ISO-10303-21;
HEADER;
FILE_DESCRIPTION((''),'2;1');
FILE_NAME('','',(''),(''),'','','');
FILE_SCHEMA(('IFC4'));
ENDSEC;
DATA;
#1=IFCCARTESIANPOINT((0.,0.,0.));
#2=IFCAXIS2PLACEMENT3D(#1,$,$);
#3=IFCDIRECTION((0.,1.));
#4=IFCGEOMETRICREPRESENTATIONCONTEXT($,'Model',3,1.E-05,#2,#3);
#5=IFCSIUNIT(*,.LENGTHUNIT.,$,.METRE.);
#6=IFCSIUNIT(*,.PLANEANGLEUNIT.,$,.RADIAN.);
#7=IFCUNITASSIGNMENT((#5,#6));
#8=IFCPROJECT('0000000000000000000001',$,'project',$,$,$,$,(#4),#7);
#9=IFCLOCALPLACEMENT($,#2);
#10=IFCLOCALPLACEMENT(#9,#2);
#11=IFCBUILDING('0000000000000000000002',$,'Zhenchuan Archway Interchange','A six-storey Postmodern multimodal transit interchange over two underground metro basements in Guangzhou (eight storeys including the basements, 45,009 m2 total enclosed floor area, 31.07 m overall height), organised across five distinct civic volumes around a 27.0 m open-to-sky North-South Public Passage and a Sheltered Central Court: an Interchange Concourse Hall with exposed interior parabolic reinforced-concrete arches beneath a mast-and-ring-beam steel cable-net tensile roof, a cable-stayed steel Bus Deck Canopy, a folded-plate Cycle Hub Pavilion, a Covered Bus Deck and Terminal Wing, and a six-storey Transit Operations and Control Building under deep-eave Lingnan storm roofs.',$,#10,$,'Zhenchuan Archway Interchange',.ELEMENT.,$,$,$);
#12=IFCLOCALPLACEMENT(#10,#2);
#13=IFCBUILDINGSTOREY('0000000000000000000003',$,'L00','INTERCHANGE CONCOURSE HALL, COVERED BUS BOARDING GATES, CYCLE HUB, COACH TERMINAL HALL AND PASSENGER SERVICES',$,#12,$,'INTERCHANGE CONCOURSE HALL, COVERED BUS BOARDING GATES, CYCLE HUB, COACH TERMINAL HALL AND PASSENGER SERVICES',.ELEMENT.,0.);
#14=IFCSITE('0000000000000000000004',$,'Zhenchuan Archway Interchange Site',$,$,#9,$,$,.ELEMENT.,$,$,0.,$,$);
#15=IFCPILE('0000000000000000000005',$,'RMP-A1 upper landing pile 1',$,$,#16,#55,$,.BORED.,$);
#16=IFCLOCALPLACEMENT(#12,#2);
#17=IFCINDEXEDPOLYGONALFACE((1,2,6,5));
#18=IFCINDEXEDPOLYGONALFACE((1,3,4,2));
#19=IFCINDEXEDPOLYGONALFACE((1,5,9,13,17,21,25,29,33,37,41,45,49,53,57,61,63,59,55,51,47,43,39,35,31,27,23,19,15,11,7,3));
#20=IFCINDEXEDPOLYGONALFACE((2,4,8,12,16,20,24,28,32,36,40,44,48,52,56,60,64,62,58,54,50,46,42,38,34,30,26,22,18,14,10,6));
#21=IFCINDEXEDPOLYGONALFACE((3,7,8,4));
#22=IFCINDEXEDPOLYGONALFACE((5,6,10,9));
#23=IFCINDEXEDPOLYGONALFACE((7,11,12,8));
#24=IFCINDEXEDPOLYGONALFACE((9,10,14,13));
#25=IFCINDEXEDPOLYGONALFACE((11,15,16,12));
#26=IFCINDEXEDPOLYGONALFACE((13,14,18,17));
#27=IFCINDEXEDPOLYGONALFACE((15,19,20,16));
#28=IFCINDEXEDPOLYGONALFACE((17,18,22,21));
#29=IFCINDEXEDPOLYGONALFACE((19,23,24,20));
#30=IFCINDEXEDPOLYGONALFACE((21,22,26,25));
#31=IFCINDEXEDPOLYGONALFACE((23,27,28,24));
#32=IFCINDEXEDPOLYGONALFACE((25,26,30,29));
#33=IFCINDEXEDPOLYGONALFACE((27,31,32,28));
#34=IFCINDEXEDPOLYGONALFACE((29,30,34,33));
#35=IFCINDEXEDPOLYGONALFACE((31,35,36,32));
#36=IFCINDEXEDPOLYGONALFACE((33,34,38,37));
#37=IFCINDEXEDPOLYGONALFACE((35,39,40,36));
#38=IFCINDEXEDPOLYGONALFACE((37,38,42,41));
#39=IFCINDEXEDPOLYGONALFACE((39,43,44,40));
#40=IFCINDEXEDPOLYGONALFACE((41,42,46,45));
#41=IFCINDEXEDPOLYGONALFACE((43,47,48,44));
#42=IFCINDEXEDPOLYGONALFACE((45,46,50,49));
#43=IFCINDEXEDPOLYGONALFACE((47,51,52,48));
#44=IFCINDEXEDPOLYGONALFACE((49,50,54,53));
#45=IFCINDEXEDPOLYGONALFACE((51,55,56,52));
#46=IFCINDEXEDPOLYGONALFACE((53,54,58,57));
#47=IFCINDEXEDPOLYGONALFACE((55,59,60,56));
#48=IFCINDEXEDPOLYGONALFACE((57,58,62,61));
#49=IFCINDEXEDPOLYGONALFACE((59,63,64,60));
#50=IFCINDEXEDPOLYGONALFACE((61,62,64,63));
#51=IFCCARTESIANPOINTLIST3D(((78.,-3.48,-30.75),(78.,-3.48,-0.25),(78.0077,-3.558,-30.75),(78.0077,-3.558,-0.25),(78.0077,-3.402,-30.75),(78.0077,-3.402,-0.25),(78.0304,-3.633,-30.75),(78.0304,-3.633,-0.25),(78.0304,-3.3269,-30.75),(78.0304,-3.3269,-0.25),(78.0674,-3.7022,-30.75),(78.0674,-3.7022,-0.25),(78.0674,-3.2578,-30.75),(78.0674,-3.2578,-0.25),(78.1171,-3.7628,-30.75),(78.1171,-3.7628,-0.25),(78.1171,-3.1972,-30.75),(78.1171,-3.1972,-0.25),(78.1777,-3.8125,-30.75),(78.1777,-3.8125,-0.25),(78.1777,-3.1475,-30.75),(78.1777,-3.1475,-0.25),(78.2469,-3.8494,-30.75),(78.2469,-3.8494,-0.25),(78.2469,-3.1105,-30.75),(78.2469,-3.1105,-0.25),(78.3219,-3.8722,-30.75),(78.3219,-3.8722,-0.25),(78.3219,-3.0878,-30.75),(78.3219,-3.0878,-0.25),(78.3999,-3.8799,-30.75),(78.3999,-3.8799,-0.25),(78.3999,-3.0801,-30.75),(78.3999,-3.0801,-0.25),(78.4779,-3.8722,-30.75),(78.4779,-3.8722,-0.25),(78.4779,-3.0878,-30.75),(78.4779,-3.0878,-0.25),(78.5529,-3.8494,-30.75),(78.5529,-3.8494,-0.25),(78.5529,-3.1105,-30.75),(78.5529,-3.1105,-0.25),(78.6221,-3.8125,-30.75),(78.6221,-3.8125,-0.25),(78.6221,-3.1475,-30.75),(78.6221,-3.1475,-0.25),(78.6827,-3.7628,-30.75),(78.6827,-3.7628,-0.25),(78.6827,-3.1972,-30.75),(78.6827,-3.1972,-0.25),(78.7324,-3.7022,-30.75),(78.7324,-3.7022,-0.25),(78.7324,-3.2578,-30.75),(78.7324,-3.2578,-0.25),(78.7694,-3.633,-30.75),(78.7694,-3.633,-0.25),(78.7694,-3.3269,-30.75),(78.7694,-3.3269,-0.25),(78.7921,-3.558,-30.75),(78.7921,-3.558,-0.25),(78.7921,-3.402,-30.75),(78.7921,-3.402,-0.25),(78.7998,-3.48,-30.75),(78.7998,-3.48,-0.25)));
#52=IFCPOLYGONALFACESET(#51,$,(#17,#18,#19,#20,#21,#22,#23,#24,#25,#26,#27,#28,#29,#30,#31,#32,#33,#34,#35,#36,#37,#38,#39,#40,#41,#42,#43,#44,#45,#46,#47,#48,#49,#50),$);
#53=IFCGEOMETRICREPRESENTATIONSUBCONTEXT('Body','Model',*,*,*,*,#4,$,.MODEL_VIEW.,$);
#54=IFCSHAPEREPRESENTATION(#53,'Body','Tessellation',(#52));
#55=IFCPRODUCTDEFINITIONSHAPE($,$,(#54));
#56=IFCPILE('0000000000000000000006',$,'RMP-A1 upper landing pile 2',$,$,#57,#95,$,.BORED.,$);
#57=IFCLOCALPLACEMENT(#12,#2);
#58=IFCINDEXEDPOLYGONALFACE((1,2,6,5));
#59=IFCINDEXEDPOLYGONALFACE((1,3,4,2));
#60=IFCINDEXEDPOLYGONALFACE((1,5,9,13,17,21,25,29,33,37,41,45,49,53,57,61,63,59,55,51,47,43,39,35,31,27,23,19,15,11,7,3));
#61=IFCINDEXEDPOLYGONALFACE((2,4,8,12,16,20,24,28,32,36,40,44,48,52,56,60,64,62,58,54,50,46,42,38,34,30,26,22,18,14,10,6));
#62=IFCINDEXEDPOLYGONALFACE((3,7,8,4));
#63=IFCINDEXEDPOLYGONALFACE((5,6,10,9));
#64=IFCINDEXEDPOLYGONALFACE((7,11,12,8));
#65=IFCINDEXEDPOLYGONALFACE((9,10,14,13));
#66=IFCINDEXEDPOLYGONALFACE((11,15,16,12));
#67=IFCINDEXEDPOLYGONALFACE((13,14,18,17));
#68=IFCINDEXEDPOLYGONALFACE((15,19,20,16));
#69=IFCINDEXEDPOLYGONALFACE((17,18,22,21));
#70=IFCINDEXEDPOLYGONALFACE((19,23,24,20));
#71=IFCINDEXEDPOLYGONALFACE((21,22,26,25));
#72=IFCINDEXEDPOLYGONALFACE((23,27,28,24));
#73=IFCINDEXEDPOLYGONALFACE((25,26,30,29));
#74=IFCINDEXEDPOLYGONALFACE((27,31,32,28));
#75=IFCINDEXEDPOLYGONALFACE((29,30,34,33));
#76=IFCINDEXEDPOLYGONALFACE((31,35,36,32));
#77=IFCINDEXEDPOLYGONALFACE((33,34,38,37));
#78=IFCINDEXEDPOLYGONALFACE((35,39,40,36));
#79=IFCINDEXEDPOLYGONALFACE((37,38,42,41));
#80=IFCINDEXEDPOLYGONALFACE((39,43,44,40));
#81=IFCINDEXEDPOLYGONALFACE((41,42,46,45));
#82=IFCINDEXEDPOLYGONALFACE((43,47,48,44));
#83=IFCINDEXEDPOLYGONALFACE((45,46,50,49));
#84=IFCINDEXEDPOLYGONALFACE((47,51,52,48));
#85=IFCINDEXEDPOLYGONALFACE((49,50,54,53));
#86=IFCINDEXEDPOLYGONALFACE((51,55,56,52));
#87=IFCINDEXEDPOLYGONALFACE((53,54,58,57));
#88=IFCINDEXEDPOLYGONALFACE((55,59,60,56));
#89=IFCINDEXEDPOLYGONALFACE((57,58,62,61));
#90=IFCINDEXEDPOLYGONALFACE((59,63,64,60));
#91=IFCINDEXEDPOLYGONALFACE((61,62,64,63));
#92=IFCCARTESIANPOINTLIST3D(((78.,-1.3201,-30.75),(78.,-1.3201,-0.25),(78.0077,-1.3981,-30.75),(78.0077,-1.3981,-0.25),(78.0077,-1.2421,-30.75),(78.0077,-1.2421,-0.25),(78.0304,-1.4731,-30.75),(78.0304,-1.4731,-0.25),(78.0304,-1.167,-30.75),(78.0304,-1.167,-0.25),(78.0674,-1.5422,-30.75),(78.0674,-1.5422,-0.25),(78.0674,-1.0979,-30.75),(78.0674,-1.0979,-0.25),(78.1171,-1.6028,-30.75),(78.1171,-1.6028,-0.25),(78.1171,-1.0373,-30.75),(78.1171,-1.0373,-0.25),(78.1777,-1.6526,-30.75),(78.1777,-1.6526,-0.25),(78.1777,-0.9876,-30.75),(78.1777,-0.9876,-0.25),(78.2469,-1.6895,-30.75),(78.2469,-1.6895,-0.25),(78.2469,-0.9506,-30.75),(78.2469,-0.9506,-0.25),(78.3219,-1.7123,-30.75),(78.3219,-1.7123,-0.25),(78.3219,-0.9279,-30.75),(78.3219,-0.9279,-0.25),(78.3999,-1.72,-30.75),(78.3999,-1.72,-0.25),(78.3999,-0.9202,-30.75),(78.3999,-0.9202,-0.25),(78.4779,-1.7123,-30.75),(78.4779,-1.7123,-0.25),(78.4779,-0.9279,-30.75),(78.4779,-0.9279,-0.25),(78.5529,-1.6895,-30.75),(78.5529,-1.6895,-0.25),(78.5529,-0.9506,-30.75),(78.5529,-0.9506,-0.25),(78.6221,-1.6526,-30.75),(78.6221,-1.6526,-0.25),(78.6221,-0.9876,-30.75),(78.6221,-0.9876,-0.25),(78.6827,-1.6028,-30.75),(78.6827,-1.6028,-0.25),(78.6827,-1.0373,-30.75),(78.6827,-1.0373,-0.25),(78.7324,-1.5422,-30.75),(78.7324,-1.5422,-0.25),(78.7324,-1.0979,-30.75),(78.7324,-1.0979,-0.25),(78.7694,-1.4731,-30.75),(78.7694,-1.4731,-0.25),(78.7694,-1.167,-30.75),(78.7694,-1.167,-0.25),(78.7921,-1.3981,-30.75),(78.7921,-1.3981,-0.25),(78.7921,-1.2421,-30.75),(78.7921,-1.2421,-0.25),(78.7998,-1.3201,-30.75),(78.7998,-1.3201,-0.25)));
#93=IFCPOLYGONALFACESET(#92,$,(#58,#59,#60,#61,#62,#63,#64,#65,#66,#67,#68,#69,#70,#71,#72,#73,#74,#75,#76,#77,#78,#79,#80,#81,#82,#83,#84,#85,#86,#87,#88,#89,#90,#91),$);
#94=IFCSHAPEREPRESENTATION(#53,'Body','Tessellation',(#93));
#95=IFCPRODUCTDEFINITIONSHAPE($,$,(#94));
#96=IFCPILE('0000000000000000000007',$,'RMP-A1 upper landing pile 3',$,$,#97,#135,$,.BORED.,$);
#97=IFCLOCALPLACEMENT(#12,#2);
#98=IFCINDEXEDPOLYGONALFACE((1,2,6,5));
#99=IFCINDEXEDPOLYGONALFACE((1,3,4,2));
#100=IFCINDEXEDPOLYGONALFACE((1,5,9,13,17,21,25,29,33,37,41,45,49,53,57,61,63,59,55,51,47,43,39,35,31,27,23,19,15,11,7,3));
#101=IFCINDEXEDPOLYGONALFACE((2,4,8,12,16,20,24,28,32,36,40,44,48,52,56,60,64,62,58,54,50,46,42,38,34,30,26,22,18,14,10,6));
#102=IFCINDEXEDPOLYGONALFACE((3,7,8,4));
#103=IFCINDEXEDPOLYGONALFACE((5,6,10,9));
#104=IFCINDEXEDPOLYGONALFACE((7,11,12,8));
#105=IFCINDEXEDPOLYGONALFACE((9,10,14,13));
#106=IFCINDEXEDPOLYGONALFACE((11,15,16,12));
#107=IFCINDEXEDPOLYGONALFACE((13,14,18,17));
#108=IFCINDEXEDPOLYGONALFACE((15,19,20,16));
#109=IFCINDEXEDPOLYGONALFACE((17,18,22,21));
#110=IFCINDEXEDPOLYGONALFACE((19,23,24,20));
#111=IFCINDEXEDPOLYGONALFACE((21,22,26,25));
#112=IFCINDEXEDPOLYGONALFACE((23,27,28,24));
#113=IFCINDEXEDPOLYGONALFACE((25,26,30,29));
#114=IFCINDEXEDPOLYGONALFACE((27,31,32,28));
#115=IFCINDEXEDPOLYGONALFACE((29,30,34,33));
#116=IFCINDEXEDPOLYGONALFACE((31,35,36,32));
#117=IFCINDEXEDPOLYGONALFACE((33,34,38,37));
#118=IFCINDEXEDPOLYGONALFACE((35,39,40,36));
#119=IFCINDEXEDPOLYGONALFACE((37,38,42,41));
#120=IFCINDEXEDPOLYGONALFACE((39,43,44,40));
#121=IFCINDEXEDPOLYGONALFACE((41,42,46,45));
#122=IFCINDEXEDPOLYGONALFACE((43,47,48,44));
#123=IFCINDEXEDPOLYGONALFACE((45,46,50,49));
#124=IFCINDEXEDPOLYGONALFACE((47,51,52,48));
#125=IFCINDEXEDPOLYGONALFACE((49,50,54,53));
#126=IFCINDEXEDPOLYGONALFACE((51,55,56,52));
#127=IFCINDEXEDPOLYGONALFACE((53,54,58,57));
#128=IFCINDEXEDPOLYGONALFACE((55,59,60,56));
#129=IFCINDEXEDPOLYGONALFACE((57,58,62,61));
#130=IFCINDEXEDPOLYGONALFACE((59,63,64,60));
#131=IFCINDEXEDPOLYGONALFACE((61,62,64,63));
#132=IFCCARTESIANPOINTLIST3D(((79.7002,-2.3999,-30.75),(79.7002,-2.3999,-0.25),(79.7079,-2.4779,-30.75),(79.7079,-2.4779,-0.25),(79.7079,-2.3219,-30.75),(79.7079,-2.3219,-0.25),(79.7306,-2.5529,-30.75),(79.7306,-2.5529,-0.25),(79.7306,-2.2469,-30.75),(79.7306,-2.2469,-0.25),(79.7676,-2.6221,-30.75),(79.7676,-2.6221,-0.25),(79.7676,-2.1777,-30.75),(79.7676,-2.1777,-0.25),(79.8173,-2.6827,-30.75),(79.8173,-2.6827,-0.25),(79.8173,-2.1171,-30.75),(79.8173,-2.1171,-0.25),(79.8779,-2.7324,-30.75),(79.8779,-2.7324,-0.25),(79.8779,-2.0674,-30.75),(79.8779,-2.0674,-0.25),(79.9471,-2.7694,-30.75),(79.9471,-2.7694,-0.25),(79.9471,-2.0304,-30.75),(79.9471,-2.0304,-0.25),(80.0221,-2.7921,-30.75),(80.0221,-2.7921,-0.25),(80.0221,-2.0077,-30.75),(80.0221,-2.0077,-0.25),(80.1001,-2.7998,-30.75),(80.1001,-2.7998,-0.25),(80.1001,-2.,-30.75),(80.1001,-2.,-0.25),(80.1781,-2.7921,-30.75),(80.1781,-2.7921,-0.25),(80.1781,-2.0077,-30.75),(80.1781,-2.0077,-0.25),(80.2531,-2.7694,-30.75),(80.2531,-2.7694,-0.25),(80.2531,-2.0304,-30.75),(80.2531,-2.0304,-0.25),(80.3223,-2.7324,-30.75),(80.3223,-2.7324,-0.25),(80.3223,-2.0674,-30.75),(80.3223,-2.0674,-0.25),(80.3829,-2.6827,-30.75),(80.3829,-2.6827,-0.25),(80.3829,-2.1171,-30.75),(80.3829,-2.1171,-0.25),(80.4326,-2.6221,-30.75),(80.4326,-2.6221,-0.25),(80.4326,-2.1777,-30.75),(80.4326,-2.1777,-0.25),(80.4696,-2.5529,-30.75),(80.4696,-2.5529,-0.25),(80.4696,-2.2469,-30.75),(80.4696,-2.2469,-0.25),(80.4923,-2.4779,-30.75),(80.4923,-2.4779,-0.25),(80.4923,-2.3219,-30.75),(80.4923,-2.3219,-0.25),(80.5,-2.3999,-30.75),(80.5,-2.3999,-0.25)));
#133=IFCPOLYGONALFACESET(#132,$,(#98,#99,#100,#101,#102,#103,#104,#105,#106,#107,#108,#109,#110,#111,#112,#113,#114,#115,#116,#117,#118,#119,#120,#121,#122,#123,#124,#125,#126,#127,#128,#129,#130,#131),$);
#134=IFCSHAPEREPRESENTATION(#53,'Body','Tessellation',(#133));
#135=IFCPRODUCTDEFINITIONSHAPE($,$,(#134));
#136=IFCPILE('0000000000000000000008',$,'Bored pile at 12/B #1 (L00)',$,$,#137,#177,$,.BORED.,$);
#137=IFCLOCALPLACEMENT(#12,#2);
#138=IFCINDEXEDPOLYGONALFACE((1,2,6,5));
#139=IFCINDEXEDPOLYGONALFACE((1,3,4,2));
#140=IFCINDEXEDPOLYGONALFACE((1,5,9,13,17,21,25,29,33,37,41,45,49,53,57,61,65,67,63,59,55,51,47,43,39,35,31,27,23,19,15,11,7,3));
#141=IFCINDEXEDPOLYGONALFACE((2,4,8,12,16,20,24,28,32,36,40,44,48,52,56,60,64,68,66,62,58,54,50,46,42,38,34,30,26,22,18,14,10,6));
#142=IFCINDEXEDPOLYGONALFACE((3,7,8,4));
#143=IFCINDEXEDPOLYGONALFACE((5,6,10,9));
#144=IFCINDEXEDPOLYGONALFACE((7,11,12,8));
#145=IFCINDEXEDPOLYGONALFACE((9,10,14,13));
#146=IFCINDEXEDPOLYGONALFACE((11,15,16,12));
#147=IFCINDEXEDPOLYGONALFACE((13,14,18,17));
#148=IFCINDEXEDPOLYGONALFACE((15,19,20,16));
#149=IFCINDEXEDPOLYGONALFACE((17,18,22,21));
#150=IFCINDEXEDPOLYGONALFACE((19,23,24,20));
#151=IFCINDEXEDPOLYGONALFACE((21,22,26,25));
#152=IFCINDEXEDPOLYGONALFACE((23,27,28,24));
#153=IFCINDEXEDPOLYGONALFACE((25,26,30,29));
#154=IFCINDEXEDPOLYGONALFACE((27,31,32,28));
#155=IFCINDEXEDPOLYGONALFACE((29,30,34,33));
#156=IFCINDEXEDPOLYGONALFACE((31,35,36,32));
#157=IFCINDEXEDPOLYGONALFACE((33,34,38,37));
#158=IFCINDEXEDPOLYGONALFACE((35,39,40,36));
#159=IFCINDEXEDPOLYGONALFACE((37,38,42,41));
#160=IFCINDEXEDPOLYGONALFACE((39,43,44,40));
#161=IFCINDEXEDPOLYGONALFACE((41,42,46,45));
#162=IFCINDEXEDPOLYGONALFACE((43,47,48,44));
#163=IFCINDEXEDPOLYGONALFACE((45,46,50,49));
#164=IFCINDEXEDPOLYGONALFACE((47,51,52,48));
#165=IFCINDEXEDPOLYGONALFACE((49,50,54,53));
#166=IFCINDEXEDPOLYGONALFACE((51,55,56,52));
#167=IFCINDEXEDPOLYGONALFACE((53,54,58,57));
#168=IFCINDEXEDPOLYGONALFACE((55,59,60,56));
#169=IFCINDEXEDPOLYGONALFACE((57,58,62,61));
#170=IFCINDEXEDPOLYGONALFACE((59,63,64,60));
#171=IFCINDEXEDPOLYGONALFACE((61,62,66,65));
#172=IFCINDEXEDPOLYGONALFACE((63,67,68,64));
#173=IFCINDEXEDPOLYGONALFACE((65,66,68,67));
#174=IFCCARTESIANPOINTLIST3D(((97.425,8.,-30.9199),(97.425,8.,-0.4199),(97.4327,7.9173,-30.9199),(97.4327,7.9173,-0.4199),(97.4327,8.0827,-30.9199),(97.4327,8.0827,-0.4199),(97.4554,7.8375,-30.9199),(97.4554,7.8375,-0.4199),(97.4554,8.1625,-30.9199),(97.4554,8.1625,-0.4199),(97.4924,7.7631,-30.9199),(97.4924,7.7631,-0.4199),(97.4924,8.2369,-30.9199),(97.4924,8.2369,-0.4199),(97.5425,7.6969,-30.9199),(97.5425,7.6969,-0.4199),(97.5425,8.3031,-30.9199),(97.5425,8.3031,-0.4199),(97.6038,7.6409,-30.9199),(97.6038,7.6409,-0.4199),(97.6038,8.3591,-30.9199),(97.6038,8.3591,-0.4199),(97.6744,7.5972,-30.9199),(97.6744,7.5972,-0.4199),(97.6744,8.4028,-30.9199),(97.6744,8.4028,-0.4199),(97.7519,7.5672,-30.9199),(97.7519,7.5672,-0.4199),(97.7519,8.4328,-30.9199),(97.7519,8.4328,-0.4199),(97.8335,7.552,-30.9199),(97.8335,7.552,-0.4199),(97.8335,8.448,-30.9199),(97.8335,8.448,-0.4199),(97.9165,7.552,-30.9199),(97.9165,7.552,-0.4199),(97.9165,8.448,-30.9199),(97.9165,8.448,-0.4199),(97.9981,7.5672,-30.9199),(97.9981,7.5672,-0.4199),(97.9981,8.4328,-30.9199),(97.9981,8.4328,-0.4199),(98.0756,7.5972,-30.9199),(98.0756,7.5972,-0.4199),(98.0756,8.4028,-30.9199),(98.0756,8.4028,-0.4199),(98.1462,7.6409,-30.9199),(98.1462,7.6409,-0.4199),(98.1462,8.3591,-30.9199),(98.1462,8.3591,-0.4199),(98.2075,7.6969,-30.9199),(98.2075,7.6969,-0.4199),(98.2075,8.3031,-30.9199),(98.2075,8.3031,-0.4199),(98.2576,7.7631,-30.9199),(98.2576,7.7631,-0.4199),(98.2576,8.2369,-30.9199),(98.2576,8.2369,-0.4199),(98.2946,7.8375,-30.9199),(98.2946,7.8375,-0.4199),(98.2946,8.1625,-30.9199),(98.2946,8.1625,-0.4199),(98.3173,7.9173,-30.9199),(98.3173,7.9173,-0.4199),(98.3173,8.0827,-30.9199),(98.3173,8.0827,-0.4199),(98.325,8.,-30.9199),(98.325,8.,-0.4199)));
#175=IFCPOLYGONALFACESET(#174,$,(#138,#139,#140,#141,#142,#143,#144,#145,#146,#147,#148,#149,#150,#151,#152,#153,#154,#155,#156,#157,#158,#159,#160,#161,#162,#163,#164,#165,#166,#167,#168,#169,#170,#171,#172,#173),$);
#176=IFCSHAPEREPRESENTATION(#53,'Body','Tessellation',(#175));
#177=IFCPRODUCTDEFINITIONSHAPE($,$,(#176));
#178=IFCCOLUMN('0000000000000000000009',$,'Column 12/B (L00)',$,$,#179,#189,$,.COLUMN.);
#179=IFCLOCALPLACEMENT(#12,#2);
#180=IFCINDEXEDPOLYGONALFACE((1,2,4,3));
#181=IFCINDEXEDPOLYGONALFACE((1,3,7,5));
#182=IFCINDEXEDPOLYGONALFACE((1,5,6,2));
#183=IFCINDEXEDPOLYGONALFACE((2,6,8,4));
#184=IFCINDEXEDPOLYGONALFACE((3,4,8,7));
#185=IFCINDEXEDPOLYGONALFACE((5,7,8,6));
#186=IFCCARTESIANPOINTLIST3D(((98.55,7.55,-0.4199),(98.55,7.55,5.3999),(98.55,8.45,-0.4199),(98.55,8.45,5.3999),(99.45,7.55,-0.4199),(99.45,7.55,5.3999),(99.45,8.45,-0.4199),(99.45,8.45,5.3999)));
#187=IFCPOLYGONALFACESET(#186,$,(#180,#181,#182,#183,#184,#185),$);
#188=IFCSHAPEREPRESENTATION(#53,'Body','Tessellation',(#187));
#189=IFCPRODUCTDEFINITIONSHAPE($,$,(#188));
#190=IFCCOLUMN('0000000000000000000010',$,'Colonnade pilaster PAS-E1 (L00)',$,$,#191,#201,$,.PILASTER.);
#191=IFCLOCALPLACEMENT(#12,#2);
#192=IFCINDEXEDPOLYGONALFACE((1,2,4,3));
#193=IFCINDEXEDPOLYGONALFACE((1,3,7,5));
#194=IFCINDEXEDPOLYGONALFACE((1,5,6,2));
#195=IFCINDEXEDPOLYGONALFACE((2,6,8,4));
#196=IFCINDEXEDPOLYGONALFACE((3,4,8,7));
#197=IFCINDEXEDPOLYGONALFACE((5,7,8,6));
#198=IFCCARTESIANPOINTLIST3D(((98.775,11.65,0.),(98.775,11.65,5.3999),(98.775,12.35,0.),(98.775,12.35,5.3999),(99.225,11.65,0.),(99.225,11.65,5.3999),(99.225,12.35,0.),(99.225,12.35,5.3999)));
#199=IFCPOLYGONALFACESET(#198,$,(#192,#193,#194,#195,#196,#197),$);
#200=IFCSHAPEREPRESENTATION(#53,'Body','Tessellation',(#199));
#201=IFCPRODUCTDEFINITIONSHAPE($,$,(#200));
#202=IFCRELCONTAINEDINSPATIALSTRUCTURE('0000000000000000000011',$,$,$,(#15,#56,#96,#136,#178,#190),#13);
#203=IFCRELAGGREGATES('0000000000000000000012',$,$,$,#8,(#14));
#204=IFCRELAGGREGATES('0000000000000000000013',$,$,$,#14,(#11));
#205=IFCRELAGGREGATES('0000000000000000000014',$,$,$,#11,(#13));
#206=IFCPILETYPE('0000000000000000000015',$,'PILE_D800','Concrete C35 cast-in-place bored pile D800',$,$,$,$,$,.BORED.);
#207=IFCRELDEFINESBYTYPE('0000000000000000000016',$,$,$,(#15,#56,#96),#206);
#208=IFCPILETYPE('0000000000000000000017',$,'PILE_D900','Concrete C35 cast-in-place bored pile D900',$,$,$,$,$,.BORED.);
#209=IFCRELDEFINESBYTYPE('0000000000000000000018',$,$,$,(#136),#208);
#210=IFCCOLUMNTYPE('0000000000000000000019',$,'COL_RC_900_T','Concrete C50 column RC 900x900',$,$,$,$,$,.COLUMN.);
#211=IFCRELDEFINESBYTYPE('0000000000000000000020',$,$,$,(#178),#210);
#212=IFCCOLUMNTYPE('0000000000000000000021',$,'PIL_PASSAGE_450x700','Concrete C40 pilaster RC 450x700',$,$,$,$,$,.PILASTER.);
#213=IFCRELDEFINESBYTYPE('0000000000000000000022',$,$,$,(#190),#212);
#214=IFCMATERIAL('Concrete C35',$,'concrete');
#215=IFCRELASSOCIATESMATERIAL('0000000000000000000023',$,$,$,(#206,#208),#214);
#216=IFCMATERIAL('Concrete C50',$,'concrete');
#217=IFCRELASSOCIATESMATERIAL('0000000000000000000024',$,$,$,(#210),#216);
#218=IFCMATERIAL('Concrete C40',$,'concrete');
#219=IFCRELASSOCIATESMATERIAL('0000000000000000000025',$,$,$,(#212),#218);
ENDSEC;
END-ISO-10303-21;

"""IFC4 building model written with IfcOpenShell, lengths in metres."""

from ifc_helpers import new_model, si_unit, direction, frame, origin, origin_2d, place, context, subcontext, project, spatial, rectangle, circle, extrude, material, material_profile, profile_set, type_object, element, save


model = new_model("IFC4")

# Units and contexts
model_context = context("Model", 3, precision=1e-05, world=origin(), true_north=direction((0.0, 1.0)))
body_context = subcontext(model_context, "Body", "Model", "MODEL_VIEW")
ifc_project = project(units=[si_unit("LENGTHUNIT", "METRE"), si_unit("PLANEANGLEUNIT", "RADIAN")], contexts=[model_context])

# Site, building, storey
site_placement = place(None, origin())
site = spatial("IfcSite", under=ifc_project, at=site_placement, Name="Zhenchuan Archway Interchange Site", CompositionType="ELEMENT", RefElevation=0.0)
building_placement = place(site_placement, origin())
building = spatial("IfcBuilding", under=site, at=building_placement, Name="Zhenchuan Archway Interchange", Description="A six-storey Postmodern multimodal transit interchange over two underground metro basements in Guangzhou (eight storeys including the basements, 45,009 m2 total enclosed floor area, 31.07 m overall height), organised across five distinct civic volumes around a 27.0 m open-to-sky North-South Public Passage and a Sheltered Central Court: an Interchange Concourse Hall with exposed interior parabolic reinforced-concrete arches beneath a mast-and-ring-beam steel cable-net tensile roof, a cable-stayed steel Bus Deck Canopy, a folded-plate Cycle Hub Pavilion, a Covered Bus Deck and Terminal Wing, and a six-storey Transit Operations and Control Building under deep-eave Lingnan storm roofs.", LongName="Zhenchuan Archway Interchange", CompositionType="ELEMENT")
storey_placement = place(building_placement, origin())
storey = spatial("IfcBuildingStorey", under=building, at=storey_placement, Name="L00", Description="INTERCHANGE CONCOURSE HALL, COVERED BUS BOARDING GATES, CYCLE HUB, COACH TERMINAL HALL AND PASSENGER SERVICES", LongName="INTERCHANGE CONCOURSE HALL, COVERED BUS BOARDING GATES, CYCLE HUB, COACH TERMINAL HALL AND PASSENGER SERVICES", CompositionType="ELEMENT", Elevation=0.0)

# Shared definitions
ifc_material_1 = material(Name="Concrete C40", Category="concrete")

# Piles
ifc_material_2 = material(Name="Concrete C35", Category="concrete")
ifc_material_profile_1 = material_profile(ifc_material_2, circle(Radius=0.3999, at=origin_2d()), Name="BORED PILE 800")
ifc_profile_set_1 = profile_set([ifc_material_profile_1], Name="Concrete C35")
pile_type_1 = type_object("IfcPileType", Name="PILE_D800", Description="Concrete C35 cast-in-place bored pile D800", PredefinedType="BORED", material=ifc_profile_set_1)
for number, where, z_axis, x_axis, name in (
    (1, (78.3999, -3.48, -0.25), (0.0, 0.0, -1.0), (1.0, 0.0, 0.0), "RMP-A1 upper landing pile 1"),
    (2, (78.3999, -1.3201, -0.25), (0.0, 0.0, -1.0), (1.0, 0.0, 0.0), "RMP-A1 upper landing pile 2"),
    (3, (80.1001, -2.3999, -0.25), (0.0, 0.0, -1.0), (1.0, 0.0, 0.0), "RMP-A1 upper landing pile 3"),
):
    element("IfcPile", number, at=place(storey_placement, frame(where, z_axis=z_axis, x_axis=x_axis)), inside=storey, type_object=pile_type_1, Name=name, PredefinedType="BORED", context=body_context, shape_type="SweptSolid", body=[
        extrude(circle(Radius=0.3999, at=origin_2d()), origin(), (0.0, 0.0, 1.0), 30.5),
    ])
ifc_material_profile_2 = material_profile(ifc_material_2, circle(Radius=0.45, at=origin_2d()), Name="BORED PILE 900")
ifc_profile_set_2 = profile_set([ifc_material_profile_2], Name="Concrete C35")
pile_type_2 = type_object("IfcPileType", Name="PILE_D900", Description="Concrete C35 cast-in-place bored pile D900", PredefinedType="BORED", material=ifc_profile_set_2)
pile_placement = place(storey_placement, frame((97.875, 8.0, -0.4199), z_axis=(0.0, 0.0, -1.0), x_axis=(1.0, 0.0, 0.0)))
element("IfcPile", 4, at=pile_placement, inside=storey, type_object=pile_type_2, Name="Bored pile at 12/B #1 (L00)", PredefinedType="BORED", context=body_context, shape_type="SweptSolid", body=[
    extrude(circle(Radius=0.45, at=origin_2d()), origin(), (0.0, 0.0, 1.0), 30.5),
])

# Columns
ifc_material_3 = material(Name="Concrete C50", Category="concrete")
ifc_material_profile_3 = material_profile(ifc_material_3, rectangle(XDim=0.8999, YDim=0.8999, at=origin_2d()), Name="RC 900x900")
ifc_profile_set_3 = profile_set([ifc_material_profile_3], Name="Concrete C50")
column_type_1 = type_object("IfcColumnType", Name="COL_RC_900_T", Description="Concrete C50 column RC 900x900", PredefinedType="COLUMN", material=ifc_profile_set_3)
column_1_placement = place(storey_placement, frame((99.0, 8.0, -0.4199), z_axis=(0.0, 0.0, 1.0), x_axis=(1.0, 0.0, 0.0)))
element("IfcColumn", 5, at=column_1_placement, inside=storey, type_object=column_type_1, Name="Column 12/B (L00)", PredefinedType="COLUMN", context=body_context, shape_type="SweptSolid", body=[
    extrude(rectangle(XDim=0.8999, YDim=0.8999, at=origin_2d()), origin(), (0.0, 0.0, 1.0), 5.8198),
])
ifc_material_profile_4 = material_profile(ifc_material_1, rectangle(XDim=0.45, YDim=0.7, at=origin_2d()), Name="RC 450x700")
ifc_profile_set_4 = profile_set([ifc_material_profile_4], Name="Concrete C40")
column_type_2 = type_object("IfcColumnType", Name="PIL_PASSAGE_450x700", Description="Concrete C40 pilaster RC 450x700", PredefinedType="PILASTER", material=ifc_profile_set_4)
column_2_placement = place(storey_placement, frame((99.0, 12.0, 0.0), z_axis=(0.0, 0.0, 1.0), x_axis=(1.0, 0.0, 0.0)))
element("IfcColumn", 6, at=column_2_placement, inside=storey, type_object=column_type_2, Name="Colonnade pilaster PAS-E1 (L00)", PredefinedType="PILASTER", context=body_context, shape_type="SweptSolid", body=[
    extrude(rectangle(XDim=0.45, YDim=0.7, at=origin_2d()), origin(), (0.0, 0.0, 1.0), 5.3999),
])

save(model, "model.ifc")
